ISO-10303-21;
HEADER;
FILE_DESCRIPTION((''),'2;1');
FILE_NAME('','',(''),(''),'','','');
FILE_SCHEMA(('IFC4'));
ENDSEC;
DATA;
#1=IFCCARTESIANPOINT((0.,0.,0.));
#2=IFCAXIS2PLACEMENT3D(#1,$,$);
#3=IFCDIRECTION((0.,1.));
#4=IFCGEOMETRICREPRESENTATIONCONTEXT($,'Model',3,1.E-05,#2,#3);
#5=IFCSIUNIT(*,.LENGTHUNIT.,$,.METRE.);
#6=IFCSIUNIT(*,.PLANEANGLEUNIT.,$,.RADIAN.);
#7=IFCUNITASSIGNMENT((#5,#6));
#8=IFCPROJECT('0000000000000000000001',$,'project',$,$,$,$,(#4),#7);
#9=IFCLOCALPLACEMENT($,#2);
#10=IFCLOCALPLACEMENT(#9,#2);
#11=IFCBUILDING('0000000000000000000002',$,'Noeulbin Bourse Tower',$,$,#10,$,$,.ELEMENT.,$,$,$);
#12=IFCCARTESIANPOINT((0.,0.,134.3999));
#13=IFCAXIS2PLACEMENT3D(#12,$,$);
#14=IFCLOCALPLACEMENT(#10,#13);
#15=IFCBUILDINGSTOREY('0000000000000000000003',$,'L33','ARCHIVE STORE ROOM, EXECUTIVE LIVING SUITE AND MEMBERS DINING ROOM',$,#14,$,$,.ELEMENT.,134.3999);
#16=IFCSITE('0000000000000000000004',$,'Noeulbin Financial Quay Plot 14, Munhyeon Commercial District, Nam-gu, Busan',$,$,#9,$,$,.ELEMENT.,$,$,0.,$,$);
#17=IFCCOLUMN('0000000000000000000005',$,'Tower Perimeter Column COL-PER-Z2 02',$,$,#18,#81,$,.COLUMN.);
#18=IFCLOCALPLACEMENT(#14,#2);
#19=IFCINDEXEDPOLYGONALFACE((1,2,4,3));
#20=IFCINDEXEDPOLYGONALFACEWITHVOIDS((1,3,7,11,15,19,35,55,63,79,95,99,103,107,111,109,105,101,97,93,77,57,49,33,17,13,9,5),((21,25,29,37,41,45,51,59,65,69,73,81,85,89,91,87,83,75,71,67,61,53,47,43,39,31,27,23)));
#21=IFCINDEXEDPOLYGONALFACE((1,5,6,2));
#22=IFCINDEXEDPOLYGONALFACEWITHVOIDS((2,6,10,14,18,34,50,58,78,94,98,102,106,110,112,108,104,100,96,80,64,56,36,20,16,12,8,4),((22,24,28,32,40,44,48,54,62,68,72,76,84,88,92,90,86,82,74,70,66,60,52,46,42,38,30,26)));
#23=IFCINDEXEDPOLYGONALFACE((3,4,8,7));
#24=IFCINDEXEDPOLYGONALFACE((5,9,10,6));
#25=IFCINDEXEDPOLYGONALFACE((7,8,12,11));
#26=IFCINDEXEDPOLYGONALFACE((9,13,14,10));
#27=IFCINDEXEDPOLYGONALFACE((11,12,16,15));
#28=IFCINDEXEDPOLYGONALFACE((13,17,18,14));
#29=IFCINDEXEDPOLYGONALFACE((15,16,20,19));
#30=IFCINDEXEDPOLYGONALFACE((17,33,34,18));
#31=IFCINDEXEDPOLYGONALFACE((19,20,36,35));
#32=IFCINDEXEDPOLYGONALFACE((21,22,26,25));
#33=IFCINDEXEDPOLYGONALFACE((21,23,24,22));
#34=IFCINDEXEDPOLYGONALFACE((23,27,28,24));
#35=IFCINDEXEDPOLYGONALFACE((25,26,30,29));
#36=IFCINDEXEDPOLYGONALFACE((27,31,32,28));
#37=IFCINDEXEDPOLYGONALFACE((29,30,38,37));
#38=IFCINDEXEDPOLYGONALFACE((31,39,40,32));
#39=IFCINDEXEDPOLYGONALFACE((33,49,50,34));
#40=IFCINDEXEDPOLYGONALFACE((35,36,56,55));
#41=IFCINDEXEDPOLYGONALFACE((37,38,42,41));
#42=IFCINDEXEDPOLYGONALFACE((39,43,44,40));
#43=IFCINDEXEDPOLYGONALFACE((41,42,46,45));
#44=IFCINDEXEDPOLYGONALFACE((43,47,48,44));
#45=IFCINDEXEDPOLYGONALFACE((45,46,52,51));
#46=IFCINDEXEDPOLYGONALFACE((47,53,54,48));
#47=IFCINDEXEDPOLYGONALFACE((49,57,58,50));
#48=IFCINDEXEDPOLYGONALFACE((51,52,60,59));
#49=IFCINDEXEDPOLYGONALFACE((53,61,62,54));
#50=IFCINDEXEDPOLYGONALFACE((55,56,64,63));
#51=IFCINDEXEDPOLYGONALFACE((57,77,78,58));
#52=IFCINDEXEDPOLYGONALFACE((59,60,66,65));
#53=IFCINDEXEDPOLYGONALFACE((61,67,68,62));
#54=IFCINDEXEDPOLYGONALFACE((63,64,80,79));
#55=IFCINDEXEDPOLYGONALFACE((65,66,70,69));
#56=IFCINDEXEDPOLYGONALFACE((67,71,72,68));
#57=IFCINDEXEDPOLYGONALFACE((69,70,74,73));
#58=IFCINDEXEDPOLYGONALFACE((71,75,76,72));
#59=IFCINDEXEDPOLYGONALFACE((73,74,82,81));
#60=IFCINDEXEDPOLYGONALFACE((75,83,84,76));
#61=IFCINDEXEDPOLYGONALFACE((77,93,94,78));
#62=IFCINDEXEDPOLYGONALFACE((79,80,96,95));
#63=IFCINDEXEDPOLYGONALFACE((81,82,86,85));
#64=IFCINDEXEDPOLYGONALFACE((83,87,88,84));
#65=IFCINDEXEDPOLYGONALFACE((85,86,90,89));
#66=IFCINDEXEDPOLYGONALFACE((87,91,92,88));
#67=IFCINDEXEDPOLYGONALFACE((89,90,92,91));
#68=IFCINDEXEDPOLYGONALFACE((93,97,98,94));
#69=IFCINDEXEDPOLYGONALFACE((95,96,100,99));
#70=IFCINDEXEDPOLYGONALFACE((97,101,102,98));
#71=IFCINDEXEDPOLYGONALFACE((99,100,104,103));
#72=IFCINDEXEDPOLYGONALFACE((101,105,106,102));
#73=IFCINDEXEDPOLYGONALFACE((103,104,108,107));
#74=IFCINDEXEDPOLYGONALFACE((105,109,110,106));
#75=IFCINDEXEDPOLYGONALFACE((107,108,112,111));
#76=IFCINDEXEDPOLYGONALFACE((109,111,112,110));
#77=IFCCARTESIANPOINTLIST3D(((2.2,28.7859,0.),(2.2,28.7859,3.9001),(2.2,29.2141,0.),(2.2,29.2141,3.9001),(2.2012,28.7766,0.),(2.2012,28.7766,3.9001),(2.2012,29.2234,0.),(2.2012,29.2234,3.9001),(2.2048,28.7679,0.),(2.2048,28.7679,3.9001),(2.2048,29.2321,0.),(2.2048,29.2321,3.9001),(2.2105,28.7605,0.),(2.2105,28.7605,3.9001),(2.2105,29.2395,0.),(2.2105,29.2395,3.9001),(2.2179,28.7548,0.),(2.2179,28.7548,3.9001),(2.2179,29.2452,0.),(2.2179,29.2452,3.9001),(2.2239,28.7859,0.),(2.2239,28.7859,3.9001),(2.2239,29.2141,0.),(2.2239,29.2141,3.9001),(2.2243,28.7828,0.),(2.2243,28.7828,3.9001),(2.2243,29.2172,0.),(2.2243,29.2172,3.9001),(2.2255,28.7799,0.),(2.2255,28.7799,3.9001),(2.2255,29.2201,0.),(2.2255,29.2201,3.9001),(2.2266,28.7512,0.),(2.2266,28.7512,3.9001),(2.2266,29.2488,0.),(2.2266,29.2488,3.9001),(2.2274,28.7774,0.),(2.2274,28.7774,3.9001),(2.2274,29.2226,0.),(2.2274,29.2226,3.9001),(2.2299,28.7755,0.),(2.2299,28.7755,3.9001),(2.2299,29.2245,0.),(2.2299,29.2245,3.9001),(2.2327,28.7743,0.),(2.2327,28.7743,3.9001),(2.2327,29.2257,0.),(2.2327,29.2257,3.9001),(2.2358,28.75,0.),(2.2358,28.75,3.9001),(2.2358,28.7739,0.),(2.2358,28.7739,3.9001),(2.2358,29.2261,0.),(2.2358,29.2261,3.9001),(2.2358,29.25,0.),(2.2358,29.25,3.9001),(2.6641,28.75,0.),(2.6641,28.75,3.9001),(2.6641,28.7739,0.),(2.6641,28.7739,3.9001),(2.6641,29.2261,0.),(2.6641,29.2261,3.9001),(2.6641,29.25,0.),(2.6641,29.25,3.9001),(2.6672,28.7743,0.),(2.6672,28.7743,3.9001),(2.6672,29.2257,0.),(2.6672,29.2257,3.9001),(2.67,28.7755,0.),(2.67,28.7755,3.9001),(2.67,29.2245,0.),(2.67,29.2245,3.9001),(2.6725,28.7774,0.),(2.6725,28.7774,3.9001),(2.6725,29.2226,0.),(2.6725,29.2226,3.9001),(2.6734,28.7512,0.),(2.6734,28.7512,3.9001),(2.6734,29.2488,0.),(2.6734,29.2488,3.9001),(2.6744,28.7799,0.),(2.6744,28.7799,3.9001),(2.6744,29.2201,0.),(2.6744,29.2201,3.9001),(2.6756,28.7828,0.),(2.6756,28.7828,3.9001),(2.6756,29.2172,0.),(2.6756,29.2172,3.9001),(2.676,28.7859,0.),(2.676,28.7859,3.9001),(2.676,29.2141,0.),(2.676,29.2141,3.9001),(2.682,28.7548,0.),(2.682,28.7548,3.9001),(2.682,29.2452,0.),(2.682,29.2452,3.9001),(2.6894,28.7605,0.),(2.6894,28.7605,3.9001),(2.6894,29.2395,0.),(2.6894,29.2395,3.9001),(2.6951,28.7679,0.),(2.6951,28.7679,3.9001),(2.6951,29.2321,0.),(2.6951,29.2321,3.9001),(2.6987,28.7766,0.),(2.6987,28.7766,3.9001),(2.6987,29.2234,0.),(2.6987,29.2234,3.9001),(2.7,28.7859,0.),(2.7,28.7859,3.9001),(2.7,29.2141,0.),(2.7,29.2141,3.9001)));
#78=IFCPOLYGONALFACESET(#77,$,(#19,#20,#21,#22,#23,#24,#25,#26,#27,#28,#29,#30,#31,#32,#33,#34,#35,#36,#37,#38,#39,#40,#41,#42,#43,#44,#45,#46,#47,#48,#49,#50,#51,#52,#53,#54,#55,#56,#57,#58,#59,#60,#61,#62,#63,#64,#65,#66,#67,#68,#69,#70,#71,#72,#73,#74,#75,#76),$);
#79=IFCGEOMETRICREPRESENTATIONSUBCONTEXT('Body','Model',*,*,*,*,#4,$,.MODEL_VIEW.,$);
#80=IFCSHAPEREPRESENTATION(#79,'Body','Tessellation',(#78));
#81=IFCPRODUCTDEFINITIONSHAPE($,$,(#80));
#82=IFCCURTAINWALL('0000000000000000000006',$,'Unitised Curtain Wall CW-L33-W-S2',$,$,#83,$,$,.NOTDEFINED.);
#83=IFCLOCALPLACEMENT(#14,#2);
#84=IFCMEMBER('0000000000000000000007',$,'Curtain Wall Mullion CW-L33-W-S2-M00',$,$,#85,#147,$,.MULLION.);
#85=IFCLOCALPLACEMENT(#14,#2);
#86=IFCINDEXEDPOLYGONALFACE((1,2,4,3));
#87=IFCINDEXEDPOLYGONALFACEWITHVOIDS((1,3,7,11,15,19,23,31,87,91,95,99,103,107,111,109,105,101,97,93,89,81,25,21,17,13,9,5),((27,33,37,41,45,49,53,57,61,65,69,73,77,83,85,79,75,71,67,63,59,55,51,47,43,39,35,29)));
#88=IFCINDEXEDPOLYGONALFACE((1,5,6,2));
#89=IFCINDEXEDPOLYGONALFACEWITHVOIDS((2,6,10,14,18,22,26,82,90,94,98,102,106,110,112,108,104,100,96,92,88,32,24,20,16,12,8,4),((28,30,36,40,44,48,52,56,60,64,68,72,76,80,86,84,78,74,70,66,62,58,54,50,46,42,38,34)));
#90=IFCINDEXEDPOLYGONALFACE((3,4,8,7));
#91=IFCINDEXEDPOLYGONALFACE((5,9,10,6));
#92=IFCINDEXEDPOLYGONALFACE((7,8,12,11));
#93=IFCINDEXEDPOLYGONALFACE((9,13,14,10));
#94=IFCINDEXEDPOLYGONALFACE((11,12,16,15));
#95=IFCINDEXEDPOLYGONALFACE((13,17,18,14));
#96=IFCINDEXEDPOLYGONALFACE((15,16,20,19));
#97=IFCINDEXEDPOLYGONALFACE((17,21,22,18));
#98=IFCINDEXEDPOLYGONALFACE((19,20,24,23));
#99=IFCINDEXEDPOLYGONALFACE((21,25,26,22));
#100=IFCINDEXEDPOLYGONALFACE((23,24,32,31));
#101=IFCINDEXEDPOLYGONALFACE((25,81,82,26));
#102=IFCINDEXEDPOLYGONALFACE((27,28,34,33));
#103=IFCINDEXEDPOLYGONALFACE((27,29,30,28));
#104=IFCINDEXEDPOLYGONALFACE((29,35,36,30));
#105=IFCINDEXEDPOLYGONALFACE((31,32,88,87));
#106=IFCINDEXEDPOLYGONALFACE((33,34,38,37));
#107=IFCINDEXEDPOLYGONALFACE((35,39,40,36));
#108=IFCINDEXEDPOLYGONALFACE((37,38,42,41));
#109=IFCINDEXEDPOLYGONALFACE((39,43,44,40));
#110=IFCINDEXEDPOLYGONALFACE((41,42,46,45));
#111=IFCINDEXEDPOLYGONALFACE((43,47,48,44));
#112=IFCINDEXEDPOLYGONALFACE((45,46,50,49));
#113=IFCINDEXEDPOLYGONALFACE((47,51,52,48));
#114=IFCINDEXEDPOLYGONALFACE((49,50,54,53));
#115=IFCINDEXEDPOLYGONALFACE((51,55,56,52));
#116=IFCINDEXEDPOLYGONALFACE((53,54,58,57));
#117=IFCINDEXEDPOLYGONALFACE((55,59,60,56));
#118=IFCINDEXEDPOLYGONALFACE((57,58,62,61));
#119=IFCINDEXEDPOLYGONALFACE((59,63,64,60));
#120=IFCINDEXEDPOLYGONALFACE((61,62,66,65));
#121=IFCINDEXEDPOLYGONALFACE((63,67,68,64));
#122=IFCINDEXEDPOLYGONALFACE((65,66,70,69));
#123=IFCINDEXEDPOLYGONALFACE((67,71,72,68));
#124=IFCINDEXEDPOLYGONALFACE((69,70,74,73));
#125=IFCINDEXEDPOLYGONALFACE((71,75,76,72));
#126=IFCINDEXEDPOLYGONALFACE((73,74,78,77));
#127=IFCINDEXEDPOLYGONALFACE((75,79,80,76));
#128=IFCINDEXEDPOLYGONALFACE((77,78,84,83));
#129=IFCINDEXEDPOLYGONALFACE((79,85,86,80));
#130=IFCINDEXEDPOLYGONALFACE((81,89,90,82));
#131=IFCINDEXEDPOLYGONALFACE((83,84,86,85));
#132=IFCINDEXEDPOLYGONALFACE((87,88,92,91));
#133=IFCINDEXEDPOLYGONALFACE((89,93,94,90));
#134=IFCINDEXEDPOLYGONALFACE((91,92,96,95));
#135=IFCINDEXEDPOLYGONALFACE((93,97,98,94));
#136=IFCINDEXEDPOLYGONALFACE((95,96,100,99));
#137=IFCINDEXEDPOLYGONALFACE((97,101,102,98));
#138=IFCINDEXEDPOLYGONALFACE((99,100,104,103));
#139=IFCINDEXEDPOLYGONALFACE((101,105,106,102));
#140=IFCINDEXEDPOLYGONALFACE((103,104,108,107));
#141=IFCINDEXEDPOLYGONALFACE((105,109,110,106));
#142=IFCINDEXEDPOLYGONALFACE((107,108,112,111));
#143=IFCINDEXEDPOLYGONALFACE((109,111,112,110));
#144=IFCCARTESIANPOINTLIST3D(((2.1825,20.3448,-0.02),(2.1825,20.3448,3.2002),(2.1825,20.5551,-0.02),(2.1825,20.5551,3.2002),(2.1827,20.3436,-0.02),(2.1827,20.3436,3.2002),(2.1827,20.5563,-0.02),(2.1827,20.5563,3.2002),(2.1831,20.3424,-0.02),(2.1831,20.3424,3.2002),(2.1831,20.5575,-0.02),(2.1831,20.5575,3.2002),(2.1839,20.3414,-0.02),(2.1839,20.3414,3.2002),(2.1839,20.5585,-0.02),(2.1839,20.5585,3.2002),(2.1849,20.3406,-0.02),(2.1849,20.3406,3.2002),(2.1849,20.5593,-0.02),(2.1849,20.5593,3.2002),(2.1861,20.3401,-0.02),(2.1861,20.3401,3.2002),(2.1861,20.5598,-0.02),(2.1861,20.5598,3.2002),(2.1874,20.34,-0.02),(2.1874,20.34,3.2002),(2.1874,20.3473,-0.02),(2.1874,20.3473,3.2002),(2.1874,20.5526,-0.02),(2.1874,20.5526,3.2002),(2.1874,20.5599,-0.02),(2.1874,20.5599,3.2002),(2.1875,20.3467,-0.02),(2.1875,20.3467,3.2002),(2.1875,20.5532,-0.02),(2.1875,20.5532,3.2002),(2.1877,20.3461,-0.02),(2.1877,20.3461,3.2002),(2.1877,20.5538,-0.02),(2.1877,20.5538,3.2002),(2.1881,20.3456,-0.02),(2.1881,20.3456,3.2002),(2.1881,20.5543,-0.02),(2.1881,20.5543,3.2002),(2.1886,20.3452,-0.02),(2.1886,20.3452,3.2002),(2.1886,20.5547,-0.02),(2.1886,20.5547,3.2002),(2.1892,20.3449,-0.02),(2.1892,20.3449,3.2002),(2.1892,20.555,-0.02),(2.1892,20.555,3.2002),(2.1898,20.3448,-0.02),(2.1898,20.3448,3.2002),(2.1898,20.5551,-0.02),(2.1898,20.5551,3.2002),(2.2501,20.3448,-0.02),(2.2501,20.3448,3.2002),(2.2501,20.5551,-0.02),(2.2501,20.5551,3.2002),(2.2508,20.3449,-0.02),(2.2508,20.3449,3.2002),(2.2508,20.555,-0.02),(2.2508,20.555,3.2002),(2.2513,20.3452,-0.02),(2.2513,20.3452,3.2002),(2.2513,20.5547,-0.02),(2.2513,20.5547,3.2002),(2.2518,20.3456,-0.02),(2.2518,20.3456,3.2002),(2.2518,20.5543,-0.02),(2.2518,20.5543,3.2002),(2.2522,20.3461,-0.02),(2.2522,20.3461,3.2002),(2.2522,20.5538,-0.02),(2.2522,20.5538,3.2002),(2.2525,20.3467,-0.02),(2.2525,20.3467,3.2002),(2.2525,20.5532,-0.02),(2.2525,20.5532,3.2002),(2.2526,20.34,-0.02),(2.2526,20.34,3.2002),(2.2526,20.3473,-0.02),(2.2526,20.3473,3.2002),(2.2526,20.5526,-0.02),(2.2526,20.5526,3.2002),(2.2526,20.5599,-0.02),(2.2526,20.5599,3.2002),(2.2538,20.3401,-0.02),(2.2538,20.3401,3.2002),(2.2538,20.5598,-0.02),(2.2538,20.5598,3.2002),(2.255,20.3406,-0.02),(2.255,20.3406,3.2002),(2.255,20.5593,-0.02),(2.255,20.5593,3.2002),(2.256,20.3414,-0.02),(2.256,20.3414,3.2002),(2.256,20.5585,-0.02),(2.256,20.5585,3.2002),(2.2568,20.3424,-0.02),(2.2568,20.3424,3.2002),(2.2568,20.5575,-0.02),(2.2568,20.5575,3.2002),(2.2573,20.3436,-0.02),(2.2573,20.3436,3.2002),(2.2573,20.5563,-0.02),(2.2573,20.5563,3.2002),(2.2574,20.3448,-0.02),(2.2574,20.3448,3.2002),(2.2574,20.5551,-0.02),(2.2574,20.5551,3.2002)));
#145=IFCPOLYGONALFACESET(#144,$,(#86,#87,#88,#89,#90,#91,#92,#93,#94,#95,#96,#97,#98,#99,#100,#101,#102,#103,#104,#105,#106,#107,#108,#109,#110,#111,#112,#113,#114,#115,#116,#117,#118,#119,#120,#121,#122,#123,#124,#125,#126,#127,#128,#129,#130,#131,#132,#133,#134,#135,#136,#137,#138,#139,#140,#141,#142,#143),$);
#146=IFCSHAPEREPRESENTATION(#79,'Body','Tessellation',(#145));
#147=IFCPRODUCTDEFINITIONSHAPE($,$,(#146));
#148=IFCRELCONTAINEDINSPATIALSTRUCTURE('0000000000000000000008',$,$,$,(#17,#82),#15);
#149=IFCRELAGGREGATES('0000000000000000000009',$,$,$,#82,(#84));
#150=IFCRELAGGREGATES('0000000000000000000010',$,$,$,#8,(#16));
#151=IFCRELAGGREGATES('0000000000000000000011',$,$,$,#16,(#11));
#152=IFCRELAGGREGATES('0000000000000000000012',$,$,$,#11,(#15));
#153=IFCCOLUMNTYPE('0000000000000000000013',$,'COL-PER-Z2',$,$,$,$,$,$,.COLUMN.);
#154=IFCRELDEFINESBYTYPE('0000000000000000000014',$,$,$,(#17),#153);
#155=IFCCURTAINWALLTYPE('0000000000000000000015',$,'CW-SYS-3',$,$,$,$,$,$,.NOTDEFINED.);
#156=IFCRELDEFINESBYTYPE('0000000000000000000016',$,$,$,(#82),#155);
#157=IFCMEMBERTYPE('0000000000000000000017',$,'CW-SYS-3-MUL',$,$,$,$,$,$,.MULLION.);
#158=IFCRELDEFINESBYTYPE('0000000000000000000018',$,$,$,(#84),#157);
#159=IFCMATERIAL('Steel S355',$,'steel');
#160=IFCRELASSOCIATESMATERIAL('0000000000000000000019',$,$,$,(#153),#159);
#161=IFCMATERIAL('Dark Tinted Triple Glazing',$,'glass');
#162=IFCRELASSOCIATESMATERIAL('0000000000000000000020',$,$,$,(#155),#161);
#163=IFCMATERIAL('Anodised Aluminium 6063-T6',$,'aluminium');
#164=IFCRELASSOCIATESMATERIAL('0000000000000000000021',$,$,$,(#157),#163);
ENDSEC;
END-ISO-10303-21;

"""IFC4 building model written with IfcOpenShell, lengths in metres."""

from ifc_helpers import new_model, si_unit, direction, frame, origin, origin_2d, place, context, subcontext, project, spatial, hollow_rectangle, extrude, material, material_profile, profile_set, type_object, element, aggregate, save


model = new_model("IFC4")

# Units and contexts
model_context = context("Model", 3, precision=1e-05, world=origin(), true_north=direction((0.0, 1.0)))
body_context = subcontext(model_context, "Body", "Model", "MODEL_VIEW")
ifc_project = project(units=[si_unit("LENGTHUNIT", "METRE"), si_unit("PLANEANGLEUNIT", "RADIAN")], contexts=[model_context])

# Site, building, storey
site_placement = place(None, origin())
site = spatial("IfcSite", under=ifc_project, at=site_placement, Name="Noeulbin Financial Quay Plot 14, Munhyeon Commercial District, Nam-gu, Busan", CompositionType="ELEMENT", RefElevation=0.0)
building_placement = place(site_placement, origin())
building = spatial("IfcBuilding", under=site, at=building_placement, Name="Noeulbin Bourse Tower", CompositionType="ELEMENT")
storey_placement = place(building_placement, frame((0.0, 0.0, 134.3999)))
storey = spatial("IfcBuildingStorey", under=building, at=storey_placement, Name="L33", Description="ARCHIVE STORE ROOM, EXECUTIVE LIVING SUITE AND MEMBERS DINING ROOM", CompositionType="ELEMENT", Elevation=134.3999)

# Column
ifc_material_1 = material(Name="Steel S355", Category="steel")
ifc_material_profile_1 = material_profile(ifc_material_1, hollow_rectangle(XDim=0.5, YDim=0.5, WallThickness=0.0239, InnerFilletRadius=0.012, OuterFilletRadius=0.0359, at=origin_2d()), Name="BOX-500x500x24", Category="LoadBearing")
ifc_profile_set_1 = profile_set([ifc_material_profile_1], Name="Steel S355")
column_type = type_object("IfcColumnType", Name="COL-PER-Z2", PredefinedType="COLUMN", material=ifc_profile_set_1)
column_placement = place(storey_placement, frame((2.45, 29.0, 0.0), z_axis=(0.0, 0.0, 1.0), x_axis=(1.0, 0.0, 0.0)))
element("IfcColumn", 1, at=column_placement, inside=storey, type_object=column_type, Name="Tower Perimeter Column COL-PER-Z2 02", PredefinedType="COLUMN", context=body_context, shape_type="SweptSolid", body=[
    extrude(hollow_rectangle(XDim=0.5, YDim=0.5, WallThickness=0.0239, InnerFilletRadius=0.012, OuterFilletRadius=0.0359, at=origin_2d()), origin(), (0.0, 0.0, 1.0), 3.9001),
])

# Curtain wall, member
ifc_material_2 = material(Name="Dark Tinted Triple Glazing", Category="glass")
curtain_wall_type = type_object("IfcCurtainWallType", Name="CW-SYS-3", PredefinedType="NOTDEFINED", material=ifc_material_2)
curtain_wall_placement = place(storey_placement, origin())
curtain_wall = element("IfcCurtainWall", 2, at=curtain_wall_placement, inside=storey, type_object=curtain_wall_type, Name="Unitised Curtain Wall CW-L33-W-S2", PredefinedType="NOTDEFINED")
ifc_material_3 = material(Name="Anodised Aluminium 6063-T6", Category="aluminium")
ifc_material_profile_2 = material_profile(ifc_material_3, hollow_rectangle(XDim=0.075, YDim=0.22, WallThickness=0.0049, InnerFilletRadius=0.0024, OuterFilletRadius=0.0049, at=origin_2d()), Name="ALU-MULL-75x220x5", Category="LoadBearing")
ifc_profile_set_2 = profile_set([ifc_material_profile_2], Name="Anodised Aluminium 6063-T6")
member_type_1 = type_object("IfcMemberType", Name="CW-SYS-3-MUL", PredefinedType="MULLION", material=ifc_profile_set_2)
member_1_placement = place(storey_placement, frame((2.22, 20.45, -0.02), z_axis=(0.0, 0.0, 1.0), x_axis=(1.0, 0.0, 0.0)))
member_1 = element("IfcMember", 3, at=member_1_placement, type_object=member_type_1, Name="Curtain Wall Mullion CW-L33-W-S2-M00", PredefinedType="MULLION", context=body_context, shape_type="SweptSolid", body=[
    extrude(hollow_rectangle(XDim=0.075, YDim=0.22, WallThickness=0.0049, InnerFilletRadius=0.0024, OuterFilletRadius=0.0049, at=origin_2d()), origin(), (0.0, 0.0, 1.0), 3.2202),
])
aggregate(curtain_wall, [member_1])

save(model, "model.ifc")
